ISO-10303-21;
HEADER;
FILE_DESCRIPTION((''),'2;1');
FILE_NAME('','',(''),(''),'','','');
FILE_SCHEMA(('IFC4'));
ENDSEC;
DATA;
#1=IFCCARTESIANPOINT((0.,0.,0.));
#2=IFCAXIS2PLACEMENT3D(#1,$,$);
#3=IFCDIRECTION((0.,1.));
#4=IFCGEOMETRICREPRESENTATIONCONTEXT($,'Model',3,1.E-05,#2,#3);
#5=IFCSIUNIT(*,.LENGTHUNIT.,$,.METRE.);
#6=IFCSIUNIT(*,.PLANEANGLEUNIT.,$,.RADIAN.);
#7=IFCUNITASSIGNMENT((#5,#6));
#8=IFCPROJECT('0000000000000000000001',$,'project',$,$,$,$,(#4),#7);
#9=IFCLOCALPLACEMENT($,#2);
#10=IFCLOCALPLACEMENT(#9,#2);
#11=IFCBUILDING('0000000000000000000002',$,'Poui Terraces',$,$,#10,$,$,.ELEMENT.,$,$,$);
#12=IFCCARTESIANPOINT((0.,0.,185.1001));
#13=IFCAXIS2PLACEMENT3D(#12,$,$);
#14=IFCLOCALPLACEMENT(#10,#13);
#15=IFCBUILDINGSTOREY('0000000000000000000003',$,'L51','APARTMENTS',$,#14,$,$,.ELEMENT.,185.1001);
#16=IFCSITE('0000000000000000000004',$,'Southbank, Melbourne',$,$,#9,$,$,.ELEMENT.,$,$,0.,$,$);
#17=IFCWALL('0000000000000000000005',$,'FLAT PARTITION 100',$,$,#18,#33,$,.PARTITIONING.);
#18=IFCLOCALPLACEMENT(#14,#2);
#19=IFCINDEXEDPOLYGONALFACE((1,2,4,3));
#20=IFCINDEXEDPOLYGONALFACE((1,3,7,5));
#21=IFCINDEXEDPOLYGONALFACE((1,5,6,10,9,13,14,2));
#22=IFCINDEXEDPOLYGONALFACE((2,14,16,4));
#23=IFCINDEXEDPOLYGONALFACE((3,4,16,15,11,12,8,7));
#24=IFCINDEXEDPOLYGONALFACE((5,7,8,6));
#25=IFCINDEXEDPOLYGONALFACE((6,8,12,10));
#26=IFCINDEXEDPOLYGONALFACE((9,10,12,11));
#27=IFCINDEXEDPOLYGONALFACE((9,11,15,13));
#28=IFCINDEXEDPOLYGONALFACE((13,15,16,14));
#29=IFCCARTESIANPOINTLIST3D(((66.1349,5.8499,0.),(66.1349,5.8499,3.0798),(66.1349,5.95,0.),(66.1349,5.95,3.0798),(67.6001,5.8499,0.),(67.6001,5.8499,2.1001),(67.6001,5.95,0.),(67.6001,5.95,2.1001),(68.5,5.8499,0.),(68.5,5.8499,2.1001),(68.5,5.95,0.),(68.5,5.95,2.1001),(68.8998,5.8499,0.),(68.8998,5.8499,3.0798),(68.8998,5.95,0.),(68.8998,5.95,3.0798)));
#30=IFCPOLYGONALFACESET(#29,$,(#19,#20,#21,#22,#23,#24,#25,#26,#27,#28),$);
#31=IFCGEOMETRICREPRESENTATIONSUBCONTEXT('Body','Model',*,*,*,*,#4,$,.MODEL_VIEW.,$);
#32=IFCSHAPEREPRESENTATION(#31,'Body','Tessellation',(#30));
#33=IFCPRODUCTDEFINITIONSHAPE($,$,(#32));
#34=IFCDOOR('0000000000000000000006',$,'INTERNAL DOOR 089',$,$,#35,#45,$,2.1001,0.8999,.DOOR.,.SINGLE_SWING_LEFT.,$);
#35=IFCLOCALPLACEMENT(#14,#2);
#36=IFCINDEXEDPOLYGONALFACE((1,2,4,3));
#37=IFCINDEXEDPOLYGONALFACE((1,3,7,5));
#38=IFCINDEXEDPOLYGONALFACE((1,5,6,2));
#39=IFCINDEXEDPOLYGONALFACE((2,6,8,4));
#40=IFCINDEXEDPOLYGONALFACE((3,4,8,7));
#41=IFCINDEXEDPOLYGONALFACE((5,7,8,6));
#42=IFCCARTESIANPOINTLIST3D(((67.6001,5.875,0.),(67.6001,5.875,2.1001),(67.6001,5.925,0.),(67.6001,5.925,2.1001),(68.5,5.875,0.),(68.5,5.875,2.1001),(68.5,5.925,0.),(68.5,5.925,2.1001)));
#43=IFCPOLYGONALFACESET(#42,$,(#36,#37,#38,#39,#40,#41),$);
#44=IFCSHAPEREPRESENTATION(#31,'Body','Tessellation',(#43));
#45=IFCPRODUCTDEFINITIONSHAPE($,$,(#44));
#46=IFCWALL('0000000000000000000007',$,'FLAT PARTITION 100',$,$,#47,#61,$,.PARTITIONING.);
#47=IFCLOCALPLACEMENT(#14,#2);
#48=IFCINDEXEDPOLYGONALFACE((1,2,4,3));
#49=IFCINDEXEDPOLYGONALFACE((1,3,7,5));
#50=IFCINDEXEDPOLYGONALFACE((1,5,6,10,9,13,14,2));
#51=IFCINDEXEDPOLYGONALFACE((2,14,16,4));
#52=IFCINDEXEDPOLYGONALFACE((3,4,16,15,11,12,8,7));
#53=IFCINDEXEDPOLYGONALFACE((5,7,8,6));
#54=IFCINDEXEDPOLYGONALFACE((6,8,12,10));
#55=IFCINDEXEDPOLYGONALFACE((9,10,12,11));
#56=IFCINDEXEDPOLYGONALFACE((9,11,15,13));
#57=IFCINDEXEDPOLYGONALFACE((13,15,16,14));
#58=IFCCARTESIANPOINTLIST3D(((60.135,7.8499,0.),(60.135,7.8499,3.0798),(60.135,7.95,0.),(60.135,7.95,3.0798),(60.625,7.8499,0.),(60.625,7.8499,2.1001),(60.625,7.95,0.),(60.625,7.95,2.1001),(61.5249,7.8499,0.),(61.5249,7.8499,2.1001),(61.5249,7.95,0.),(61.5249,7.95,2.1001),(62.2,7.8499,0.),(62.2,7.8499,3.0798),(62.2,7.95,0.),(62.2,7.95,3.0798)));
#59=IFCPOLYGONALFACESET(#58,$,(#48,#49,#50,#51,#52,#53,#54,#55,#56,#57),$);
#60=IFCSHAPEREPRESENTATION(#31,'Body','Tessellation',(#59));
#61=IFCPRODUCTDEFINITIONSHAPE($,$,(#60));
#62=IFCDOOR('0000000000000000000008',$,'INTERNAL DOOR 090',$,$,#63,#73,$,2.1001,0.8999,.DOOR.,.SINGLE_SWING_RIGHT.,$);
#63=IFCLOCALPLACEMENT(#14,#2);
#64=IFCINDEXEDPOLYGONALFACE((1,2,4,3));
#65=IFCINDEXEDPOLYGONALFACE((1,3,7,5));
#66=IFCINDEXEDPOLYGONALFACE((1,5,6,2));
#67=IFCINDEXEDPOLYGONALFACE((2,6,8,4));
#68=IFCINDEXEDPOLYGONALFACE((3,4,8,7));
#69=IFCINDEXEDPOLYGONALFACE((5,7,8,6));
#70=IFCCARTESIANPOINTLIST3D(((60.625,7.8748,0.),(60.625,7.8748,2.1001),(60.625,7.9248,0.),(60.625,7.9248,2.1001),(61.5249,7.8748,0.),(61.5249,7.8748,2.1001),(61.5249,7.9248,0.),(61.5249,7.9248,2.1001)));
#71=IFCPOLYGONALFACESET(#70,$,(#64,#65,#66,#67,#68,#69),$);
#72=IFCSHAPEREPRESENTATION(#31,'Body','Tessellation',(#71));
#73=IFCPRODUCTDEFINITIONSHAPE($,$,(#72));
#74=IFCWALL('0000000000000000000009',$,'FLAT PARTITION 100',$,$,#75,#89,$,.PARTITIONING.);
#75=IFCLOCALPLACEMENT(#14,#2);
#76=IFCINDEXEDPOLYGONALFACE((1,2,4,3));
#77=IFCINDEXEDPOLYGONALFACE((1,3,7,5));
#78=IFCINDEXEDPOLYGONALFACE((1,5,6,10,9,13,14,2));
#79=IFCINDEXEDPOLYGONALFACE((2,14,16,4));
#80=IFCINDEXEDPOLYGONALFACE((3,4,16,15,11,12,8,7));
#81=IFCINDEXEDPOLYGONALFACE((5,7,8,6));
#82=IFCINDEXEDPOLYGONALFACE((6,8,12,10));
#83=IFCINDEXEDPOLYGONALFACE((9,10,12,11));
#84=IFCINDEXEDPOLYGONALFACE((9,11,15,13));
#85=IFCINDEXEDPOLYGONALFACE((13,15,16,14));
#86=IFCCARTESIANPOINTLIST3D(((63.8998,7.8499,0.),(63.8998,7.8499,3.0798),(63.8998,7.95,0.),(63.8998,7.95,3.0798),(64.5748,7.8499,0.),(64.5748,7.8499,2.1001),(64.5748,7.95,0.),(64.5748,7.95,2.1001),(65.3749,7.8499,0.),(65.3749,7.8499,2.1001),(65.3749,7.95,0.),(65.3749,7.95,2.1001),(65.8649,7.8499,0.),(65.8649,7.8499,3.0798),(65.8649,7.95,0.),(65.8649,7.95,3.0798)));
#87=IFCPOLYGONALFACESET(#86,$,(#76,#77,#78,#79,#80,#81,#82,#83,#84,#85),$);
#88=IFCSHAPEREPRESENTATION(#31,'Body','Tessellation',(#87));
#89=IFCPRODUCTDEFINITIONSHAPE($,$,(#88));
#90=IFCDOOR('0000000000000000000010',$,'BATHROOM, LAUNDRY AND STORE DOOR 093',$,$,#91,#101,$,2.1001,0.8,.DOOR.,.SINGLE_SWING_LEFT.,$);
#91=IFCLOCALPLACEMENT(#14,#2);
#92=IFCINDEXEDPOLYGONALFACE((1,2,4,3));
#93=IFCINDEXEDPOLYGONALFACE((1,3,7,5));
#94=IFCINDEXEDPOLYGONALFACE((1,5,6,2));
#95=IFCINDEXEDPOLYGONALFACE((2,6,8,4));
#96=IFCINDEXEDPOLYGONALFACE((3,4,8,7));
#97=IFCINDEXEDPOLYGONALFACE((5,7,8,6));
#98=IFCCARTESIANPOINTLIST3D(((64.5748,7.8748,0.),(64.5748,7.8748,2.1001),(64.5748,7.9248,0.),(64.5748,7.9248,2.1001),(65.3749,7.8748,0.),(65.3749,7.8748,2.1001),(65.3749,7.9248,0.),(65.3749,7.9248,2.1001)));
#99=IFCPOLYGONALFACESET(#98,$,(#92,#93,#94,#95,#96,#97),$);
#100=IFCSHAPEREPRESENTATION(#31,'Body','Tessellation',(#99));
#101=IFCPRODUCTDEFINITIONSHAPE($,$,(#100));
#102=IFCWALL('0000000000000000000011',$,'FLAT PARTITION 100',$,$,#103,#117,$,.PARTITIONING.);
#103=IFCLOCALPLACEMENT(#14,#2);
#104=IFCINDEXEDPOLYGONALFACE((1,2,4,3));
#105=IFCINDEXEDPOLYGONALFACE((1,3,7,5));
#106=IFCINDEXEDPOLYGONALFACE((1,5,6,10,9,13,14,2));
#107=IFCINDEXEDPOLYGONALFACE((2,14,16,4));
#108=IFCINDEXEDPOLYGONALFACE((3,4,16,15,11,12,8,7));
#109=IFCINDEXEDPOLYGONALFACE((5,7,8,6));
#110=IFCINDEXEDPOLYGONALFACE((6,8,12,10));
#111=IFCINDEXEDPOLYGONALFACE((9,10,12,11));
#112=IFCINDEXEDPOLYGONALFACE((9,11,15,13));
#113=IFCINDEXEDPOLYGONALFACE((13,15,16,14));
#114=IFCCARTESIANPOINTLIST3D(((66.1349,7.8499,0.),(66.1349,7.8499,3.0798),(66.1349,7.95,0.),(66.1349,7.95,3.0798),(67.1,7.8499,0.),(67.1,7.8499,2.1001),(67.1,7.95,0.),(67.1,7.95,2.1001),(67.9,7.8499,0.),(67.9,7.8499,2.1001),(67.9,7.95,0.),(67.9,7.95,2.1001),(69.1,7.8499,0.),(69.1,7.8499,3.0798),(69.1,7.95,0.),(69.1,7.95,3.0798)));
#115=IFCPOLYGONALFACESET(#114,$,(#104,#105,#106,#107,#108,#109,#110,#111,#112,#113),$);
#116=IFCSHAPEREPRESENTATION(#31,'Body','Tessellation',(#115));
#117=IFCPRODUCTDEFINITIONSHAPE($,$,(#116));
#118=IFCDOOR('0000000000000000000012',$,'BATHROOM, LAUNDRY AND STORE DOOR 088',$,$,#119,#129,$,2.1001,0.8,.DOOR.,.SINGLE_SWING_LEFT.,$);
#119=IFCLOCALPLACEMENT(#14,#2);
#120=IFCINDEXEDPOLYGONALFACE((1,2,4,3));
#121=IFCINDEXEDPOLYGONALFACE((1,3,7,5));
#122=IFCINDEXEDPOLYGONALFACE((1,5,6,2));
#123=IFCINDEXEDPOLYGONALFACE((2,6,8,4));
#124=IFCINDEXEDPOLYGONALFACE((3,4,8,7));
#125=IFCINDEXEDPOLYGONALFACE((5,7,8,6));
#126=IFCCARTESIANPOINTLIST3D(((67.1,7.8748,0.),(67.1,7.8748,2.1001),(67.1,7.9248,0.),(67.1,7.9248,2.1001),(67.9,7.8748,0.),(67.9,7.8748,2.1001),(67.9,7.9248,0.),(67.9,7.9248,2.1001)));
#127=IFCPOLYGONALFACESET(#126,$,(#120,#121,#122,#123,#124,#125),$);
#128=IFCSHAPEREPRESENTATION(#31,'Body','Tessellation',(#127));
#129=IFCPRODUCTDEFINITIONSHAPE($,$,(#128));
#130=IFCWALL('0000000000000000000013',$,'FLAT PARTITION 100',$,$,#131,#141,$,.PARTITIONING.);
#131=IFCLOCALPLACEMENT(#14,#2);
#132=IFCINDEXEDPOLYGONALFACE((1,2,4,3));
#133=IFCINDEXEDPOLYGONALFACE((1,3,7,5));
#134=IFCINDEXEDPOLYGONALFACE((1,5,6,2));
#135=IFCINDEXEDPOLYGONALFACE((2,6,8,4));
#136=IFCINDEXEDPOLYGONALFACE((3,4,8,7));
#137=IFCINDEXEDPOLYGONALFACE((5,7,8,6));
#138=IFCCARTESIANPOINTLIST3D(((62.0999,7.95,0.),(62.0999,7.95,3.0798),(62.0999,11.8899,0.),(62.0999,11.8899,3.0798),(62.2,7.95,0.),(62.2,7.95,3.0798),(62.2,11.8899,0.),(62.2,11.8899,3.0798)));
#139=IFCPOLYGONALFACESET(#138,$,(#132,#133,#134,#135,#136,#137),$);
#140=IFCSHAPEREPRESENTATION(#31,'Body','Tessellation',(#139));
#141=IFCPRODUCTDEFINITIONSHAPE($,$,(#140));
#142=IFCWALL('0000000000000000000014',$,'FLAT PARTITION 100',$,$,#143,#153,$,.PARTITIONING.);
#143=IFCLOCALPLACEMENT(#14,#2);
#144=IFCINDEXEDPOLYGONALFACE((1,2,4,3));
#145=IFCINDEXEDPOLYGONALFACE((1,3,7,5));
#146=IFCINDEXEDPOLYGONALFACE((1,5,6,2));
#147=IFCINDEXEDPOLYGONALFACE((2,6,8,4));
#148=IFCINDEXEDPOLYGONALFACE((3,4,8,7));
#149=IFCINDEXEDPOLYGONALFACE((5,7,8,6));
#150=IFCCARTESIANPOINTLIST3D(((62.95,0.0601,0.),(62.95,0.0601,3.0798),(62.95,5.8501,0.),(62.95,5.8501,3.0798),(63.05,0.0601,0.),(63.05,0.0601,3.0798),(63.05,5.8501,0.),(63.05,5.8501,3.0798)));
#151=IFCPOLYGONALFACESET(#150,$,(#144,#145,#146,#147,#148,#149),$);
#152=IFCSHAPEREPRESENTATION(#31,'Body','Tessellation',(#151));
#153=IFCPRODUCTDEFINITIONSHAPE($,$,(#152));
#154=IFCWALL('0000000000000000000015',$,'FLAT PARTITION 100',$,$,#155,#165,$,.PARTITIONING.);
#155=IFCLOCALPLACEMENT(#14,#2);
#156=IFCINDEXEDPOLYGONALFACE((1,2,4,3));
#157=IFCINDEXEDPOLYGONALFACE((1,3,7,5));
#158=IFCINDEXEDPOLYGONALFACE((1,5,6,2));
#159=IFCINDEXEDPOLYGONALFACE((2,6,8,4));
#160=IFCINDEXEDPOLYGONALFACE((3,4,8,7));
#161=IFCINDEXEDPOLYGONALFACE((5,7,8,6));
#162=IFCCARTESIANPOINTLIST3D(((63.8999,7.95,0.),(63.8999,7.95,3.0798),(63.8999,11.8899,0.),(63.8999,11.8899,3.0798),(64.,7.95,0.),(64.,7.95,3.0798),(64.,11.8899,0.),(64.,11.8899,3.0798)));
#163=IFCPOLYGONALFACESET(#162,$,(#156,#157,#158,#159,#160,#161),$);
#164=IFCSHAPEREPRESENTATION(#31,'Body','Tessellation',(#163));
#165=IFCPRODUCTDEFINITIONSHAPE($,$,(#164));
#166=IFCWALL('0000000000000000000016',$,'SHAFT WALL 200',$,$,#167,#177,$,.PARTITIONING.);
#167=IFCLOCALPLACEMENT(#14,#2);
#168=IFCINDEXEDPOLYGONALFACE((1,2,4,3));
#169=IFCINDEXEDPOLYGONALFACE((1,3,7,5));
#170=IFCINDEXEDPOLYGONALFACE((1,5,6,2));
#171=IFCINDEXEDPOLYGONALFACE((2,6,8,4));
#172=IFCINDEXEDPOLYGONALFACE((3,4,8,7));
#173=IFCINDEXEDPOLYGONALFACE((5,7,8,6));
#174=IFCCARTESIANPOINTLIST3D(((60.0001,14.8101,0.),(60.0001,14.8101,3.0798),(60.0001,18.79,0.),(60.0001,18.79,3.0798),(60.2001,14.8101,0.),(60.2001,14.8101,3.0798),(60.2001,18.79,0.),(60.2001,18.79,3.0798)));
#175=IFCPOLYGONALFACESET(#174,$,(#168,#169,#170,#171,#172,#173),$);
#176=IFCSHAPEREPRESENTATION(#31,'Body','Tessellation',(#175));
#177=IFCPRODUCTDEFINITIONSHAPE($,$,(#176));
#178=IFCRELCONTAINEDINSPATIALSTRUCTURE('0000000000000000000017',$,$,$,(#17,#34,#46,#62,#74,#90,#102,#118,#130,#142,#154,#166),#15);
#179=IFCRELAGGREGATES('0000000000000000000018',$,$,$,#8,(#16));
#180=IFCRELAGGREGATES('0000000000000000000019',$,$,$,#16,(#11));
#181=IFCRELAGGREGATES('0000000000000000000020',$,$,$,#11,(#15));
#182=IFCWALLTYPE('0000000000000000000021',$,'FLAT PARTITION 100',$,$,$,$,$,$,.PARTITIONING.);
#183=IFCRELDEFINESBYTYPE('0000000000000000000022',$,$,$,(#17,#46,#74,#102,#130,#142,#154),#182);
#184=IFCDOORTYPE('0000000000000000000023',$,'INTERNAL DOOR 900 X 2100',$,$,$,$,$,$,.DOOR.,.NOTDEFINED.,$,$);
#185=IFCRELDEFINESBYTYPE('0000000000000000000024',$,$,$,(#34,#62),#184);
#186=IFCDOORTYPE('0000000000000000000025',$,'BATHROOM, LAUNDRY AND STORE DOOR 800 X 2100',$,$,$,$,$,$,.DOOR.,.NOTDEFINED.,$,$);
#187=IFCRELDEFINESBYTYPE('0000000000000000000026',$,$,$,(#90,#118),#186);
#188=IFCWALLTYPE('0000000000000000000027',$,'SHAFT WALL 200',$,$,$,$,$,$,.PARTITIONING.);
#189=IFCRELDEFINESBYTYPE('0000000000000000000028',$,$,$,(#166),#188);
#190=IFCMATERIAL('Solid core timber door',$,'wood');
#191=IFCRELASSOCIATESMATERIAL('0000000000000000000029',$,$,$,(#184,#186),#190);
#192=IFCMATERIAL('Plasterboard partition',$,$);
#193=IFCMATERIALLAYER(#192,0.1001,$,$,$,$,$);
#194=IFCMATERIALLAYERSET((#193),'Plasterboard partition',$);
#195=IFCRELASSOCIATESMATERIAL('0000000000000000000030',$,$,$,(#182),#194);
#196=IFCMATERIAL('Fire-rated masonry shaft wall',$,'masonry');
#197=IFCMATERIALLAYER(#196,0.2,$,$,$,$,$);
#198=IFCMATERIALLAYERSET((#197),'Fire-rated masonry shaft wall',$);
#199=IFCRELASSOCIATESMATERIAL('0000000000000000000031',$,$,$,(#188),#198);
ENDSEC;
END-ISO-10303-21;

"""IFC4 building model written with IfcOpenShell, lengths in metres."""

from ifc_helpers import new_model, si_unit, direction, frame, frame_2d, origin, place, context, subcontext, project, spatial, rectangle, extrude, material, layer, layer_set, type_object, element, fill, save


model = new_model("IFC4")

# Units and contexts
model_context = context("Model", 3, precision=1e-05, world=origin(), true_north=direction((0.0, 1.0)))
body_context = subcontext(model_context, "Body", "Model", "MODEL_VIEW")
ifc_project = project(units=[si_unit("LENGTHUNIT", "METRE"), si_unit("PLANEANGLEUNIT", "RADIAN")], contexts=[model_context])

# Site, building, storey
site_placement = place(None, origin())
site = spatial("IfcSite", under=ifc_project, at=site_placement, Name="Southbank, Melbourne", CompositionType="ELEMENT", RefElevation=0.0)
building_placement = place(site_placement, origin())
building = spatial("IfcBuilding", under=site, at=building_placement, Name="Poui Terraces", CompositionType="ELEMENT")
storey_placement = place(building_placement, frame((0.0, 0.0, 185.1001)))
storey = spatial("IfcBuildingStorey", under=building, at=storey_placement, Name="L51", Description="APARTMENTS", CompositionType="ELEMENT", Elevation=185.1001)

# Walls, openings, doors
ifc_material_1 = material(Name="Solid core timber door", Category="wood")
door_type_1 = type_object("IfcDoorType", Name="INTERNAL DOOR 900 X 2100", OperationType="NOTDEFINED", PredefinedType="DOOR", material=ifc_material_1)
ifc_material_2 = material(Name="Plasterboard partition")
ifc_layer_1 = layer(ifc_material_2, 0.1001)
ifc_layer_set_1 = layer_set([ifc_layer_1], Name="Plasterboard partition")
wall_type_1 = type_object("IfcWallType", Name="FLAT PARTITION 100", PredefinedType="PARTITIONING", material=ifc_layer_set_1)
wall_1_placement = place(storey_placement, frame((66.135, 5.8999, 0.0), z_axis=(0.0, 0.0, 1.0), x_axis=(1.0, 0.0, 0.0)))
wall_1 = element("IfcWall", 1, at=wall_1_placement, inside=storey, type_object=wall_type_1, Name="FLAT PARTITION 100", PredefinedType="PARTITIONING", context=body_context, shape_type="SweptSolid", body=[
    extrude(rectangle(XDim=2.7649, YDim=0.1001, at=frame_2d((1.3823, 0.0))), origin(), (0.0, 0.0, 1.0), 3.0798),
])
opening_1_placement = place(wall_1_placement, frame((1.4651, 0.0, 0.0)))
opening_1 = element("IfcOpeningElement", 2, at=opening_1_placement, cuts=wall_1, PredefinedType="OPENING", context=body_context, shape_type="SweptSolid", body=[
    extrude(rectangle(XDim=0.8999, YDim=2.1001, at=frame_2d((0.45, 1.05))), frame((0.0, 0.0601, 0.0), z_axis=(0.0, -1.0, 0.0), x_axis=(1.0, 0.0, 0.0)), (0.0, 0.0, 1.0), 0.1201),
])
door_1_placement = place(opening_1_placement, frame((0.8999, 0.0, 0.0), z_axis=(0.0, 0.0, 1.0), x_axis=(-1.0, 0.0, 0.0)))
door_1 = element("IfcDoor", 3, at=door_1_placement, inside=storey, type_object=door_type_1, Name="INTERNAL DOOR 089", OperationType="SINGLE_SWING_LEFT", OverallHeight=2.1001, OverallWidth=0.8999, PredefinedType="DOOR", context=body_context, shape_type="SweptSolid", body=[
    extrude(rectangle(XDim=0.8999, YDim=2.1001, at=frame_2d((0.45, 1.05))), frame((0.0, 0.0249, 0.0), z_axis=(0.0, -1.0, 0.0), x_axis=(1.0, 0.0, 0.0)), (0.0, 0.0, 1.0), 0.05),
])
fill(opening_1, door_1)
wall_2_placement = place(storey_placement, frame((60.135, 7.8999, 0.0), z_axis=(0.0, 0.0, 1.0), x_axis=(1.0, 0.0, 0.0)))
wall_2 = element("IfcWall", 4, at=wall_2_placement, inside=storey, type_object=wall_type_1, Name="FLAT PARTITION 100", PredefinedType="PARTITIONING", context=body_context, shape_type="SweptSolid", body=[
    extrude(rectangle(XDim=2.0649, YDim=0.1001, at=frame_2d((1.0325, 0.0))), origin(), (0.0, 0.0, 1.0), 3.0798),
])
opening_2_placement = place(wall_2_placement, frame((0.49, 0.0, 0.0)))
opening_2 = element("IfcOpeningElement", 5, at=opening_2_placement, cuts=wall_2, PredefinedType="OPENING", context=body_context, shape_type="SweptSolid", body=[
    extrude(rectangle(XDim=0.8999, YDim=2.1001, at=frame_2d((0.45, 1.05))), frame((0.0, 0.0601, 0.0), z_axis=(0.0, -1.0, 0.0), x_axis=(1.0, 0.0, 0.0)), (0.0, 0.0, 1.0), 0.1201),
])
door_2_placement = place(opening_2_placement, origin())
door_2 = element("IfcDoor", 6, at=door_2_placement, inside=storey, type_object=door_type_1, Name="INTERNAL DOOR 090", OperationType="SINGLE_SWING_RIGHT", OverallHeight=2.1001, OverallWidth=0.8999, PredefinedType="DOOR", context=body_context, shape_type="SweptSolid", body=[
    extrude(rectangle(XDim=0.8999, YDim=2.1001, at=frame_2d((0.45, 1.05))), frame((0.0, 0.0249, 0.0), z_axis=(0.0, -1.0, 0.0), x_axis=(1.0, 0.0, 0.0)), (0.0, 0.0, 1.0), 0.05),
])
fill(opening_2, door_2)
wall_3_placement = place(storey_placement, frame((63.8999, 7.8999, 0.0), z_axis=(0.0, 0.0, 1.0), x_axis=(1.0, 0.0, 0.0)))
wall_3 = element("IfcWall", 7, at=wall_3_placement, inside=storey, type_object=wall_type_1, Name="FLAT PARTITION 100", PredefinedType="PARTITIONING", context=body_context, shape_type="SweptSolid", body=[
    extrude(rectangle(XDim=1.9651, YDim=0.1001, at=frame_2d((0.9824, 0.0))), origin(), (0.0, 0.0, 1.0), 3.0798),
])
opening_3_placement = place(wall_3_placement, frame((0.675, 0.0, 0.0)))
opening_3 = element("IfcOpeningElement", 8, at=opening_3_placement, cuts=wall_3, PredefinedType="OPENING", context=body_context, shape_type="SweptSolid", body=[
    extrude(rectangle(XDim=0.8, YDim=2.1001, at=frame_2d((0.3999, 1.05))), frame((0.0, 0.0601, 0.0), z_axis=(0.0, -1.0, 0.0), x_axis=(1.0, 0.0, 0.0)), (0.0, 0.0, 1.0), 0.1201),
])
door_type_2 = type_object("IfcDoorType", Name="BATHROOM, LAUNDRY AND STORE DOOR 800 X 2100", OperationType="NOTDEFINED", PredefinedType="DOOR", material=ifc_material_1)
door_3_placement = place(opening_3_placement, origin())
door_3 = element("IfcDoor", 9, at=door_3_placement, inside=storey, type_object=door_type_2, Name="BATHROOM, LAUNDRY AND STORE DOOR 093", OperationType="SINGLE_SWING_LEFT", OverallHeight=2.1001, OverallWidth=0.8, PredefinedType="DOOR", context=body_context, shape_type="SweptSolid", body=[
    extrude(rectangle(XDim=0.8, YDim=2.1001, at=frame_2d((0.3999, 1.05))), frame((0.0, 0.0249, 0.0), z_axis=(0.0, -1.0, 0.0), x_axis=(1.0, 0.0, 0.0)), (0.0, 0.0, 1.0), 0.05),
])
fill(opening_3, door_3)
wall_4_placement = place(storey_placement, frame((66.135, 7.8999, 0.0), z_axis=(0.0, 0.0, 1.0), x_axis=(1.0, 0.0, 0.0)))
wall_4 = element("IfcWall", 10, at=wall_4_placement, inside=storey, type_object=wall_type_1, Name="FLAT PARTITION 100", PredefinedType="PARTITIONING", context=body_context, shape_type="SweptSolid", body=[
    extrude(rectangle(XDim=2.9651, YDim=0.1001, at=frame_2d((1.4824, 0.0))), origin(), (0.0, 0.0, 1.0), 3.0798),
])
opening_4_placement = place(wall_4_placement, frame((0.9651, 0.0, 0.0)))
opening_4 = element("IfcOpeningElement", 11, at=opening_4_placement, cuts=wall_4, PredefinedType="OPENING", context=body_context, shape_type="SweptSolid", body=[
    extrude(rectangle(XDim=0.8, YDim=2.1001, at=frame_2d((0.3999, 1.05))), frame((0.0, 0.0601, 0.0), z_axis=(0.0, -1.0, 0.0), x_axis=(1.0, 0.0, 0.0)), (0.0, 0.0, 1.0), 0.1201),
])
door_4_placement = place(opening_4_placement, origin())
door_4 = element("IfcDoor", 12, at=door_4_placement, inside=storey, type_object=door_type_2, Name="BATHROOM, LAUNDRY AND STORE DOOR 088", OperationType="SINGLE_SWING_LEFT", OverallHeight=2.1001, OverallWidth=0.8, PredefinedType="DOOR", context=body_context, shape_type="SweptSolid", body=[
    extrude(rectangle(XDim=0.8, YDim=2.1001, at=frame_2d((0.3999, 1.05))), frame((0.0, 0.0249, 0.0), z_axis=(0.0, -1.0, 0.0), x_axis=(1.0, 0.0, 0.0)), (0.0, 0.0, 1.0), 0.05),
])
fill(opening_4, door_4)

# Walls
wall_5_placement = place(storey_placement, frame((62.1499, 7.95, 0.0), z_axis=(0.0, 0.0, 1.0), x_axis=(0.0, 1.0, 0.0)))
element("IfcWall", 13, at=wall_5_placement, inside=storey, type_object=wall_type_1, Name="FLAT PARTITION 100", PredefinedType="PARTITIONING", context=body_context, shape_type="SweptSolid", body=[
    extrude(rectangle(XDim=3.9399, YDim=0.1001, at=frame_2d((1.97, 0.0))), origin(), (0.0, 0.0, 1.0), 3.0798),
])
wall_6_placement = place(storey_placement, frame((63.0, 0.0601, 0.0), z_axis=(0.0, 0.0, 1.0), x_axis=(0.0, 1.0, 0.0)))
element("IfcWall", 14, at=wall_6_placement, inside=storey, type_object=wall_type_1, Name="FLAT PARTITION 100", PredefinedType="PARTITIONING", context=body_context, shape_type="SweptSolid", body=[
    extrude(rectangle(XDim=5.79, YDim=0.1001, at=frame_2d((2.895, 0.0))), origin(), (0.0, 0.0, 1.0), 3.0798),
])
wall_7_placement = place(storey_placement, frame((63.95, 7.95, 0.0), z_axis=(0.0, 0.0, 1.0), x_axis=(0.0, 1.0, 0.0)))
element("IfcWall", 15, at=wall_7_placement, inside=storey, type_object=wall_type_1, Name="FLAT PARTITION 100", PredefinedType="PARTITIONING", context=body_context, shape_type="SweptSolid", body=[
    extrude(rectangle(XDim=3.9399, YDim=0.1001, at=frame_2d((1.97, 0.0))), origin(), (0.0, 0.0, 1.0), 3.0798),
])
ifc_material_3 = material(Name="Fire-rated masonry shaft wall", Category="masonry")
ifc_layer_2 = layer(ifc_material_3, 0.2)
ifc_layer_set_2 = layer_set([ifc_layer_2], Name="Fire-rated masonry shaft wall")
wall_type_2 = type_object("IfcWallType", Name="SHAFT WALL 200", PredefinedType="PARTITIONING", material=ifc_layer_set_2)
wall_8_placement = place(storey_placement, frame((60.1001, 14.8101, 0.0), z_axis=(0.0, 0.0, 1.0), x_axis=(0.0, 1.0, 0.0)))
element("IfcWall", 16, at=wall_8_placement, inside=storey, type_object=wall_type_2, Name="SHAFT WALL 200", PredefinedType="PARTITIONING", context=body_context, shape_type="SweptSolid", body=[
    extrude(rectangle(XDim=3.98, YDim=0.2, at=frame_2d((1.99, 0.0))), origin(), (0.0, 0.0, 1.0), 3.0798),
])

save(model, "model.ifc")
